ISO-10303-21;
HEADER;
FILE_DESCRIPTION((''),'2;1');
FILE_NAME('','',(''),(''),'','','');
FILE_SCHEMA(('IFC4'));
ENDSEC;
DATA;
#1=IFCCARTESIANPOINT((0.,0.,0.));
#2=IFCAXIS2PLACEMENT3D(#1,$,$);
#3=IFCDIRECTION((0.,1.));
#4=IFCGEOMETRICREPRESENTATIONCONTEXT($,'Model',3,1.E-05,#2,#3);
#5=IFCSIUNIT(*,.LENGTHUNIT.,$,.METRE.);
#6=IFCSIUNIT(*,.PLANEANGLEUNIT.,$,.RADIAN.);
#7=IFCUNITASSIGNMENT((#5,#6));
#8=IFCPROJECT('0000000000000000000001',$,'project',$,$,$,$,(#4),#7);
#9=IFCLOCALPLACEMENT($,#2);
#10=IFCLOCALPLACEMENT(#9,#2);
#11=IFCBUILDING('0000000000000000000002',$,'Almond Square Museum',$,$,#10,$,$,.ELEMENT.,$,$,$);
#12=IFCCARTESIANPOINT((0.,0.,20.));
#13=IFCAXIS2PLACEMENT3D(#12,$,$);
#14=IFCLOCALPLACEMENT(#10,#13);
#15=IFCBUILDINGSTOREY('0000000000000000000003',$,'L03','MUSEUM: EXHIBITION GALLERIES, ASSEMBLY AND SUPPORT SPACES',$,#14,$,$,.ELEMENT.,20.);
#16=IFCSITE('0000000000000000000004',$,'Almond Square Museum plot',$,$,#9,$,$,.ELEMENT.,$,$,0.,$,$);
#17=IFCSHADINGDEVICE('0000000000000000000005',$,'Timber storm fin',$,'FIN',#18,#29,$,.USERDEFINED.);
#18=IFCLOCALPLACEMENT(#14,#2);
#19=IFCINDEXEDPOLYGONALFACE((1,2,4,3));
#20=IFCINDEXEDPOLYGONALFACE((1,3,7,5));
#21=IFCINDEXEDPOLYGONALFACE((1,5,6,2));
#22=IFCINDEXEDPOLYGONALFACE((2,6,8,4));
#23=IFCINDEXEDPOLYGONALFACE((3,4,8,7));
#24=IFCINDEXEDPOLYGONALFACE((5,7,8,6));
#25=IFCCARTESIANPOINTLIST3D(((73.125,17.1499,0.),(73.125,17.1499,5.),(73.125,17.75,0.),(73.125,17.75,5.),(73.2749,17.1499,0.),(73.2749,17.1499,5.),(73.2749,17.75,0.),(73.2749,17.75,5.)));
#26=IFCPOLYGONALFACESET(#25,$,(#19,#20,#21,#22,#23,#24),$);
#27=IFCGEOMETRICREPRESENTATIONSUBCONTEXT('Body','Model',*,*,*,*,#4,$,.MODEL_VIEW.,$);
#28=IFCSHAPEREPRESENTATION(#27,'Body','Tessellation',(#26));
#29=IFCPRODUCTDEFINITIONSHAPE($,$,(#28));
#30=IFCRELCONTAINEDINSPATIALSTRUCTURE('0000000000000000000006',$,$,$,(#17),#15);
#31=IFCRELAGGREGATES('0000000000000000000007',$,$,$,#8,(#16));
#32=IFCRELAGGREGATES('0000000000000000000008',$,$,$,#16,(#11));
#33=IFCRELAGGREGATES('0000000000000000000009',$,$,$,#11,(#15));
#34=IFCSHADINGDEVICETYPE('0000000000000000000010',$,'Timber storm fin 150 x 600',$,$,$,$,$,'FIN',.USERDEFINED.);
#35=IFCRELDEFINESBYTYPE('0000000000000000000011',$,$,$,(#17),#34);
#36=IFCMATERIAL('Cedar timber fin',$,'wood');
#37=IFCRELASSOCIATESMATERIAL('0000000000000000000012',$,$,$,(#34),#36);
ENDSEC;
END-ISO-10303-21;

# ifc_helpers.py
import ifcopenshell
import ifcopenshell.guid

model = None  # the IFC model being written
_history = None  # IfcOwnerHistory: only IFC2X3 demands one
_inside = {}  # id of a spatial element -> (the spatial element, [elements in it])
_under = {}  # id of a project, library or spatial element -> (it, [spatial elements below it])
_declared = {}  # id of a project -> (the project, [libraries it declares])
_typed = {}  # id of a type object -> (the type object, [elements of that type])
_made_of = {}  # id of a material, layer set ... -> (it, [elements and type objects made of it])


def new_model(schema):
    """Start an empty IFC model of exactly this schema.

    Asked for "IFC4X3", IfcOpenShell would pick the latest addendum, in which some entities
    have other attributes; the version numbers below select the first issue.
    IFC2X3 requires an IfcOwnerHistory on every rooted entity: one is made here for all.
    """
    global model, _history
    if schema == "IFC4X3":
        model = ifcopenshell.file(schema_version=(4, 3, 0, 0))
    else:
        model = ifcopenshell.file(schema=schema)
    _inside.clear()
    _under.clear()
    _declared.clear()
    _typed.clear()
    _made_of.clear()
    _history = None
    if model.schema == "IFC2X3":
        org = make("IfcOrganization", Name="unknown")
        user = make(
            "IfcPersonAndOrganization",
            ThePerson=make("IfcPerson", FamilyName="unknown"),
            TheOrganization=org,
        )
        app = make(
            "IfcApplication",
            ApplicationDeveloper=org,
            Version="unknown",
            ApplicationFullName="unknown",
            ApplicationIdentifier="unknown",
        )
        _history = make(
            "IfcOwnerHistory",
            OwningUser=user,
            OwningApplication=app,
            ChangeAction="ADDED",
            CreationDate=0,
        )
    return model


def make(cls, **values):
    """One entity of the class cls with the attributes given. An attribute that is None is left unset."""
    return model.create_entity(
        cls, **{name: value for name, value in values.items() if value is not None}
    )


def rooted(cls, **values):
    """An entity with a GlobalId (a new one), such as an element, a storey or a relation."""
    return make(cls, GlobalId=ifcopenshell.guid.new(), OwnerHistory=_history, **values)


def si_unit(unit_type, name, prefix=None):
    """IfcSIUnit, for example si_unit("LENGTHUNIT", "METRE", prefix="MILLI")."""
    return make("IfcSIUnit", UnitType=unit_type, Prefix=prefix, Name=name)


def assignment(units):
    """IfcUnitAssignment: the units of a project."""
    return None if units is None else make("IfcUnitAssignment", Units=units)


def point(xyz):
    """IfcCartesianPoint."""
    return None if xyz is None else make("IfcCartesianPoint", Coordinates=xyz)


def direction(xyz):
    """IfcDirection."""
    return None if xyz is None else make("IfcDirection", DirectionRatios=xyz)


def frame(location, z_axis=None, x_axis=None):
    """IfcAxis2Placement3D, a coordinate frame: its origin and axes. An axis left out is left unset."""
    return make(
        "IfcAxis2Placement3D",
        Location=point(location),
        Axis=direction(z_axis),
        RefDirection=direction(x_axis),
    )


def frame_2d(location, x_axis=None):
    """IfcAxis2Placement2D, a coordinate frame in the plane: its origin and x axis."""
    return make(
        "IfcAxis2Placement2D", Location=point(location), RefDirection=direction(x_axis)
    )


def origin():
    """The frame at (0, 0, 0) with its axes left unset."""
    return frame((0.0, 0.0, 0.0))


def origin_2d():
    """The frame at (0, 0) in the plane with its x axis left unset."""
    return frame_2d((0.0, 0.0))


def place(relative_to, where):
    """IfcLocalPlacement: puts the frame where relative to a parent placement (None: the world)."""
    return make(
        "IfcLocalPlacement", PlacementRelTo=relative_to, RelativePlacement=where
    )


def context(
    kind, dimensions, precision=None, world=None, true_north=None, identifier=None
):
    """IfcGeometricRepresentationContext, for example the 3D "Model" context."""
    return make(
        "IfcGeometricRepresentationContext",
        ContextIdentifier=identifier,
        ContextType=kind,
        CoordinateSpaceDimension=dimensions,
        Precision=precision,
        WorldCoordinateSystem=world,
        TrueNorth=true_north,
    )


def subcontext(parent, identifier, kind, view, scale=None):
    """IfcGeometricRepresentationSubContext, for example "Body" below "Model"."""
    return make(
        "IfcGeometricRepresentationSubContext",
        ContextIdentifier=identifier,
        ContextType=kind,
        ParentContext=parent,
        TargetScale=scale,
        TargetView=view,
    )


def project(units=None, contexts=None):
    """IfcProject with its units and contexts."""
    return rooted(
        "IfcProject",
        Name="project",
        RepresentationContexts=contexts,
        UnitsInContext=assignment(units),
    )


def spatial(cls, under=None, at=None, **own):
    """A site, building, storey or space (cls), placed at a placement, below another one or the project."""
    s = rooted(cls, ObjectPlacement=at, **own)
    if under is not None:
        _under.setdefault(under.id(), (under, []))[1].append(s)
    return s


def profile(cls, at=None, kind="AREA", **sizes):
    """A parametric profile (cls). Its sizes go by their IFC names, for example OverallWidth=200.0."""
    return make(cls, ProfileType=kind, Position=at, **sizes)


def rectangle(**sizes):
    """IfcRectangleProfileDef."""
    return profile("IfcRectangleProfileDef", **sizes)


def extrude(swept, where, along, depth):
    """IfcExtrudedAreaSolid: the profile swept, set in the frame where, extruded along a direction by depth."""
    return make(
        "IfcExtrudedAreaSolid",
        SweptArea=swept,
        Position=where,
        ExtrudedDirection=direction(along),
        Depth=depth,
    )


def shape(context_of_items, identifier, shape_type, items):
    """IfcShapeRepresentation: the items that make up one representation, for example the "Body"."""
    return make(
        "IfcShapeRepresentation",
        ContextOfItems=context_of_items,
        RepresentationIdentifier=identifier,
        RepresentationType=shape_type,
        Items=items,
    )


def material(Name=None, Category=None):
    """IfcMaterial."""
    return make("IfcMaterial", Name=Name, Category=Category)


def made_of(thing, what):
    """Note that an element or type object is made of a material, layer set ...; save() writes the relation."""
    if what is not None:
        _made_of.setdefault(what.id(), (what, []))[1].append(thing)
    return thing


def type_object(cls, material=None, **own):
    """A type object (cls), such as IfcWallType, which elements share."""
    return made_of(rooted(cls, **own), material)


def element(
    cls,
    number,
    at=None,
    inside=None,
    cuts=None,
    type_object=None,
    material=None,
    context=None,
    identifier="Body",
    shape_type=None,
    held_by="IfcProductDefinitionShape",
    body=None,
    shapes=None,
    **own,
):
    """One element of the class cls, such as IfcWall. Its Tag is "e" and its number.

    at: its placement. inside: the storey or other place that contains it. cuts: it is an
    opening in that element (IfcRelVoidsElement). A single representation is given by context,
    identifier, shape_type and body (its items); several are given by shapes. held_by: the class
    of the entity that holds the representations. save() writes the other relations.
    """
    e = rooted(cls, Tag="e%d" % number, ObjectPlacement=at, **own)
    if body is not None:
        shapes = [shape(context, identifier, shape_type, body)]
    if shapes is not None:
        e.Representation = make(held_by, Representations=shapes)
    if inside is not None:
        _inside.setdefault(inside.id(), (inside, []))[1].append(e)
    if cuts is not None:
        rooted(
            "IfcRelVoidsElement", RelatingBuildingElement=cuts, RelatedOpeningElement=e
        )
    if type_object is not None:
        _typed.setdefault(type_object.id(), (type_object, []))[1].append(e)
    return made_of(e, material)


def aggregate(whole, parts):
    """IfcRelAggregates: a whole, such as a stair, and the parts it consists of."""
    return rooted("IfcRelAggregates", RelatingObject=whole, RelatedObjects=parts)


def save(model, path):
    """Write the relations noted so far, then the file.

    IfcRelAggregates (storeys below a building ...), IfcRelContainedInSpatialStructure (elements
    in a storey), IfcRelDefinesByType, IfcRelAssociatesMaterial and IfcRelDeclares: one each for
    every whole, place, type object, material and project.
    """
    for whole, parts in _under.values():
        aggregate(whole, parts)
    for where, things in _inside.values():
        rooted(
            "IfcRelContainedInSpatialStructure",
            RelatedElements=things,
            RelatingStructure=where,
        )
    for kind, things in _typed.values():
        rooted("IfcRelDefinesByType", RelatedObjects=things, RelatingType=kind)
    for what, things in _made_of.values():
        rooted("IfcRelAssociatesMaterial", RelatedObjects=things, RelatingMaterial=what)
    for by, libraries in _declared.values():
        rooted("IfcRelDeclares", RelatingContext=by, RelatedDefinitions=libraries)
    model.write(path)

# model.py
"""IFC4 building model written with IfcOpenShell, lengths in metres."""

from ifc_helpers import new_model, si_unit, direction, frame, origin, origin_2d, place, context, subcontext, project, spatial, rectangle, extrude, material, type_object, element, save


model = new_model("IFC4")

# Units and contexts
model_context = context("Model", 3, precision=1e-05, world=origin(), true_north=direction((0.0, 1.0)))
body_context = subcontext(model_context, "Body", "Model", "MODEL_VIEW")
ifc_project = project(units=[si_unit("LENGTHUNIT", "METRE"), si_unit("PLANEANGLEUNIT", "RADIAN")], contexts=[model_context])

# Site, building, storey
site_placement = place(None, origin())
site = spatial("IfcSite", under=ifc_project, at=site_placement, Name="Almond Square Museum plot", CompositionType="ELEMENT", RefElevation=0.0)
building_placement = place(site_placement, origin())
building = spatial("IfcBuilding", under=site, at=building_placement, Name="Almond Square Museum", CompositionType="ELEMENT")
storey_placement = place(building_placement, frame((0.0, 0.0, 20.0)))
storey = spatial("IfcBuildingStorey", under=building, at=storey_placement, Name="L03", Description="MUSEUM: EXHIBITION GALLERIES, ASSEMBLY AND SUPPORT SPACES", CompositionType="ELEMENT", Elevation=20.0)

# Shading device
ifc_material_1 = material(Name="Cedar timber fin", Category="wood")
shading_device_type_1 = type_object("IfcShadingDeviceType", Name="Timber storm fin 150 x 600", ElementType="FIN", PredefinedType="USERDEFINED", material=ifc_material_1)
shading_device_placement = place(storey_placement, frame((73.2, 17.45, 0.0), z_axis=(0.0, 0.0, 1.0), x_axis=(1.0, 0.0, 0.0)))
element("IfcShadingDevice", 1, at=shading_device_placement, inside=storey, type_object=shading_device_type_1, Name="Timber storm fin", ObjectType="FIN", PredefinedType="USERDEFINED", context=body_context, shape_type="SweptSolid", body=[
    extrude(rectangle(XDim=0.1499, YDim=0.6001, at=origin_2d()), origin(), (0.0, 0.0, 1.0), 5.0),
])

save(model, "model.ifc")
